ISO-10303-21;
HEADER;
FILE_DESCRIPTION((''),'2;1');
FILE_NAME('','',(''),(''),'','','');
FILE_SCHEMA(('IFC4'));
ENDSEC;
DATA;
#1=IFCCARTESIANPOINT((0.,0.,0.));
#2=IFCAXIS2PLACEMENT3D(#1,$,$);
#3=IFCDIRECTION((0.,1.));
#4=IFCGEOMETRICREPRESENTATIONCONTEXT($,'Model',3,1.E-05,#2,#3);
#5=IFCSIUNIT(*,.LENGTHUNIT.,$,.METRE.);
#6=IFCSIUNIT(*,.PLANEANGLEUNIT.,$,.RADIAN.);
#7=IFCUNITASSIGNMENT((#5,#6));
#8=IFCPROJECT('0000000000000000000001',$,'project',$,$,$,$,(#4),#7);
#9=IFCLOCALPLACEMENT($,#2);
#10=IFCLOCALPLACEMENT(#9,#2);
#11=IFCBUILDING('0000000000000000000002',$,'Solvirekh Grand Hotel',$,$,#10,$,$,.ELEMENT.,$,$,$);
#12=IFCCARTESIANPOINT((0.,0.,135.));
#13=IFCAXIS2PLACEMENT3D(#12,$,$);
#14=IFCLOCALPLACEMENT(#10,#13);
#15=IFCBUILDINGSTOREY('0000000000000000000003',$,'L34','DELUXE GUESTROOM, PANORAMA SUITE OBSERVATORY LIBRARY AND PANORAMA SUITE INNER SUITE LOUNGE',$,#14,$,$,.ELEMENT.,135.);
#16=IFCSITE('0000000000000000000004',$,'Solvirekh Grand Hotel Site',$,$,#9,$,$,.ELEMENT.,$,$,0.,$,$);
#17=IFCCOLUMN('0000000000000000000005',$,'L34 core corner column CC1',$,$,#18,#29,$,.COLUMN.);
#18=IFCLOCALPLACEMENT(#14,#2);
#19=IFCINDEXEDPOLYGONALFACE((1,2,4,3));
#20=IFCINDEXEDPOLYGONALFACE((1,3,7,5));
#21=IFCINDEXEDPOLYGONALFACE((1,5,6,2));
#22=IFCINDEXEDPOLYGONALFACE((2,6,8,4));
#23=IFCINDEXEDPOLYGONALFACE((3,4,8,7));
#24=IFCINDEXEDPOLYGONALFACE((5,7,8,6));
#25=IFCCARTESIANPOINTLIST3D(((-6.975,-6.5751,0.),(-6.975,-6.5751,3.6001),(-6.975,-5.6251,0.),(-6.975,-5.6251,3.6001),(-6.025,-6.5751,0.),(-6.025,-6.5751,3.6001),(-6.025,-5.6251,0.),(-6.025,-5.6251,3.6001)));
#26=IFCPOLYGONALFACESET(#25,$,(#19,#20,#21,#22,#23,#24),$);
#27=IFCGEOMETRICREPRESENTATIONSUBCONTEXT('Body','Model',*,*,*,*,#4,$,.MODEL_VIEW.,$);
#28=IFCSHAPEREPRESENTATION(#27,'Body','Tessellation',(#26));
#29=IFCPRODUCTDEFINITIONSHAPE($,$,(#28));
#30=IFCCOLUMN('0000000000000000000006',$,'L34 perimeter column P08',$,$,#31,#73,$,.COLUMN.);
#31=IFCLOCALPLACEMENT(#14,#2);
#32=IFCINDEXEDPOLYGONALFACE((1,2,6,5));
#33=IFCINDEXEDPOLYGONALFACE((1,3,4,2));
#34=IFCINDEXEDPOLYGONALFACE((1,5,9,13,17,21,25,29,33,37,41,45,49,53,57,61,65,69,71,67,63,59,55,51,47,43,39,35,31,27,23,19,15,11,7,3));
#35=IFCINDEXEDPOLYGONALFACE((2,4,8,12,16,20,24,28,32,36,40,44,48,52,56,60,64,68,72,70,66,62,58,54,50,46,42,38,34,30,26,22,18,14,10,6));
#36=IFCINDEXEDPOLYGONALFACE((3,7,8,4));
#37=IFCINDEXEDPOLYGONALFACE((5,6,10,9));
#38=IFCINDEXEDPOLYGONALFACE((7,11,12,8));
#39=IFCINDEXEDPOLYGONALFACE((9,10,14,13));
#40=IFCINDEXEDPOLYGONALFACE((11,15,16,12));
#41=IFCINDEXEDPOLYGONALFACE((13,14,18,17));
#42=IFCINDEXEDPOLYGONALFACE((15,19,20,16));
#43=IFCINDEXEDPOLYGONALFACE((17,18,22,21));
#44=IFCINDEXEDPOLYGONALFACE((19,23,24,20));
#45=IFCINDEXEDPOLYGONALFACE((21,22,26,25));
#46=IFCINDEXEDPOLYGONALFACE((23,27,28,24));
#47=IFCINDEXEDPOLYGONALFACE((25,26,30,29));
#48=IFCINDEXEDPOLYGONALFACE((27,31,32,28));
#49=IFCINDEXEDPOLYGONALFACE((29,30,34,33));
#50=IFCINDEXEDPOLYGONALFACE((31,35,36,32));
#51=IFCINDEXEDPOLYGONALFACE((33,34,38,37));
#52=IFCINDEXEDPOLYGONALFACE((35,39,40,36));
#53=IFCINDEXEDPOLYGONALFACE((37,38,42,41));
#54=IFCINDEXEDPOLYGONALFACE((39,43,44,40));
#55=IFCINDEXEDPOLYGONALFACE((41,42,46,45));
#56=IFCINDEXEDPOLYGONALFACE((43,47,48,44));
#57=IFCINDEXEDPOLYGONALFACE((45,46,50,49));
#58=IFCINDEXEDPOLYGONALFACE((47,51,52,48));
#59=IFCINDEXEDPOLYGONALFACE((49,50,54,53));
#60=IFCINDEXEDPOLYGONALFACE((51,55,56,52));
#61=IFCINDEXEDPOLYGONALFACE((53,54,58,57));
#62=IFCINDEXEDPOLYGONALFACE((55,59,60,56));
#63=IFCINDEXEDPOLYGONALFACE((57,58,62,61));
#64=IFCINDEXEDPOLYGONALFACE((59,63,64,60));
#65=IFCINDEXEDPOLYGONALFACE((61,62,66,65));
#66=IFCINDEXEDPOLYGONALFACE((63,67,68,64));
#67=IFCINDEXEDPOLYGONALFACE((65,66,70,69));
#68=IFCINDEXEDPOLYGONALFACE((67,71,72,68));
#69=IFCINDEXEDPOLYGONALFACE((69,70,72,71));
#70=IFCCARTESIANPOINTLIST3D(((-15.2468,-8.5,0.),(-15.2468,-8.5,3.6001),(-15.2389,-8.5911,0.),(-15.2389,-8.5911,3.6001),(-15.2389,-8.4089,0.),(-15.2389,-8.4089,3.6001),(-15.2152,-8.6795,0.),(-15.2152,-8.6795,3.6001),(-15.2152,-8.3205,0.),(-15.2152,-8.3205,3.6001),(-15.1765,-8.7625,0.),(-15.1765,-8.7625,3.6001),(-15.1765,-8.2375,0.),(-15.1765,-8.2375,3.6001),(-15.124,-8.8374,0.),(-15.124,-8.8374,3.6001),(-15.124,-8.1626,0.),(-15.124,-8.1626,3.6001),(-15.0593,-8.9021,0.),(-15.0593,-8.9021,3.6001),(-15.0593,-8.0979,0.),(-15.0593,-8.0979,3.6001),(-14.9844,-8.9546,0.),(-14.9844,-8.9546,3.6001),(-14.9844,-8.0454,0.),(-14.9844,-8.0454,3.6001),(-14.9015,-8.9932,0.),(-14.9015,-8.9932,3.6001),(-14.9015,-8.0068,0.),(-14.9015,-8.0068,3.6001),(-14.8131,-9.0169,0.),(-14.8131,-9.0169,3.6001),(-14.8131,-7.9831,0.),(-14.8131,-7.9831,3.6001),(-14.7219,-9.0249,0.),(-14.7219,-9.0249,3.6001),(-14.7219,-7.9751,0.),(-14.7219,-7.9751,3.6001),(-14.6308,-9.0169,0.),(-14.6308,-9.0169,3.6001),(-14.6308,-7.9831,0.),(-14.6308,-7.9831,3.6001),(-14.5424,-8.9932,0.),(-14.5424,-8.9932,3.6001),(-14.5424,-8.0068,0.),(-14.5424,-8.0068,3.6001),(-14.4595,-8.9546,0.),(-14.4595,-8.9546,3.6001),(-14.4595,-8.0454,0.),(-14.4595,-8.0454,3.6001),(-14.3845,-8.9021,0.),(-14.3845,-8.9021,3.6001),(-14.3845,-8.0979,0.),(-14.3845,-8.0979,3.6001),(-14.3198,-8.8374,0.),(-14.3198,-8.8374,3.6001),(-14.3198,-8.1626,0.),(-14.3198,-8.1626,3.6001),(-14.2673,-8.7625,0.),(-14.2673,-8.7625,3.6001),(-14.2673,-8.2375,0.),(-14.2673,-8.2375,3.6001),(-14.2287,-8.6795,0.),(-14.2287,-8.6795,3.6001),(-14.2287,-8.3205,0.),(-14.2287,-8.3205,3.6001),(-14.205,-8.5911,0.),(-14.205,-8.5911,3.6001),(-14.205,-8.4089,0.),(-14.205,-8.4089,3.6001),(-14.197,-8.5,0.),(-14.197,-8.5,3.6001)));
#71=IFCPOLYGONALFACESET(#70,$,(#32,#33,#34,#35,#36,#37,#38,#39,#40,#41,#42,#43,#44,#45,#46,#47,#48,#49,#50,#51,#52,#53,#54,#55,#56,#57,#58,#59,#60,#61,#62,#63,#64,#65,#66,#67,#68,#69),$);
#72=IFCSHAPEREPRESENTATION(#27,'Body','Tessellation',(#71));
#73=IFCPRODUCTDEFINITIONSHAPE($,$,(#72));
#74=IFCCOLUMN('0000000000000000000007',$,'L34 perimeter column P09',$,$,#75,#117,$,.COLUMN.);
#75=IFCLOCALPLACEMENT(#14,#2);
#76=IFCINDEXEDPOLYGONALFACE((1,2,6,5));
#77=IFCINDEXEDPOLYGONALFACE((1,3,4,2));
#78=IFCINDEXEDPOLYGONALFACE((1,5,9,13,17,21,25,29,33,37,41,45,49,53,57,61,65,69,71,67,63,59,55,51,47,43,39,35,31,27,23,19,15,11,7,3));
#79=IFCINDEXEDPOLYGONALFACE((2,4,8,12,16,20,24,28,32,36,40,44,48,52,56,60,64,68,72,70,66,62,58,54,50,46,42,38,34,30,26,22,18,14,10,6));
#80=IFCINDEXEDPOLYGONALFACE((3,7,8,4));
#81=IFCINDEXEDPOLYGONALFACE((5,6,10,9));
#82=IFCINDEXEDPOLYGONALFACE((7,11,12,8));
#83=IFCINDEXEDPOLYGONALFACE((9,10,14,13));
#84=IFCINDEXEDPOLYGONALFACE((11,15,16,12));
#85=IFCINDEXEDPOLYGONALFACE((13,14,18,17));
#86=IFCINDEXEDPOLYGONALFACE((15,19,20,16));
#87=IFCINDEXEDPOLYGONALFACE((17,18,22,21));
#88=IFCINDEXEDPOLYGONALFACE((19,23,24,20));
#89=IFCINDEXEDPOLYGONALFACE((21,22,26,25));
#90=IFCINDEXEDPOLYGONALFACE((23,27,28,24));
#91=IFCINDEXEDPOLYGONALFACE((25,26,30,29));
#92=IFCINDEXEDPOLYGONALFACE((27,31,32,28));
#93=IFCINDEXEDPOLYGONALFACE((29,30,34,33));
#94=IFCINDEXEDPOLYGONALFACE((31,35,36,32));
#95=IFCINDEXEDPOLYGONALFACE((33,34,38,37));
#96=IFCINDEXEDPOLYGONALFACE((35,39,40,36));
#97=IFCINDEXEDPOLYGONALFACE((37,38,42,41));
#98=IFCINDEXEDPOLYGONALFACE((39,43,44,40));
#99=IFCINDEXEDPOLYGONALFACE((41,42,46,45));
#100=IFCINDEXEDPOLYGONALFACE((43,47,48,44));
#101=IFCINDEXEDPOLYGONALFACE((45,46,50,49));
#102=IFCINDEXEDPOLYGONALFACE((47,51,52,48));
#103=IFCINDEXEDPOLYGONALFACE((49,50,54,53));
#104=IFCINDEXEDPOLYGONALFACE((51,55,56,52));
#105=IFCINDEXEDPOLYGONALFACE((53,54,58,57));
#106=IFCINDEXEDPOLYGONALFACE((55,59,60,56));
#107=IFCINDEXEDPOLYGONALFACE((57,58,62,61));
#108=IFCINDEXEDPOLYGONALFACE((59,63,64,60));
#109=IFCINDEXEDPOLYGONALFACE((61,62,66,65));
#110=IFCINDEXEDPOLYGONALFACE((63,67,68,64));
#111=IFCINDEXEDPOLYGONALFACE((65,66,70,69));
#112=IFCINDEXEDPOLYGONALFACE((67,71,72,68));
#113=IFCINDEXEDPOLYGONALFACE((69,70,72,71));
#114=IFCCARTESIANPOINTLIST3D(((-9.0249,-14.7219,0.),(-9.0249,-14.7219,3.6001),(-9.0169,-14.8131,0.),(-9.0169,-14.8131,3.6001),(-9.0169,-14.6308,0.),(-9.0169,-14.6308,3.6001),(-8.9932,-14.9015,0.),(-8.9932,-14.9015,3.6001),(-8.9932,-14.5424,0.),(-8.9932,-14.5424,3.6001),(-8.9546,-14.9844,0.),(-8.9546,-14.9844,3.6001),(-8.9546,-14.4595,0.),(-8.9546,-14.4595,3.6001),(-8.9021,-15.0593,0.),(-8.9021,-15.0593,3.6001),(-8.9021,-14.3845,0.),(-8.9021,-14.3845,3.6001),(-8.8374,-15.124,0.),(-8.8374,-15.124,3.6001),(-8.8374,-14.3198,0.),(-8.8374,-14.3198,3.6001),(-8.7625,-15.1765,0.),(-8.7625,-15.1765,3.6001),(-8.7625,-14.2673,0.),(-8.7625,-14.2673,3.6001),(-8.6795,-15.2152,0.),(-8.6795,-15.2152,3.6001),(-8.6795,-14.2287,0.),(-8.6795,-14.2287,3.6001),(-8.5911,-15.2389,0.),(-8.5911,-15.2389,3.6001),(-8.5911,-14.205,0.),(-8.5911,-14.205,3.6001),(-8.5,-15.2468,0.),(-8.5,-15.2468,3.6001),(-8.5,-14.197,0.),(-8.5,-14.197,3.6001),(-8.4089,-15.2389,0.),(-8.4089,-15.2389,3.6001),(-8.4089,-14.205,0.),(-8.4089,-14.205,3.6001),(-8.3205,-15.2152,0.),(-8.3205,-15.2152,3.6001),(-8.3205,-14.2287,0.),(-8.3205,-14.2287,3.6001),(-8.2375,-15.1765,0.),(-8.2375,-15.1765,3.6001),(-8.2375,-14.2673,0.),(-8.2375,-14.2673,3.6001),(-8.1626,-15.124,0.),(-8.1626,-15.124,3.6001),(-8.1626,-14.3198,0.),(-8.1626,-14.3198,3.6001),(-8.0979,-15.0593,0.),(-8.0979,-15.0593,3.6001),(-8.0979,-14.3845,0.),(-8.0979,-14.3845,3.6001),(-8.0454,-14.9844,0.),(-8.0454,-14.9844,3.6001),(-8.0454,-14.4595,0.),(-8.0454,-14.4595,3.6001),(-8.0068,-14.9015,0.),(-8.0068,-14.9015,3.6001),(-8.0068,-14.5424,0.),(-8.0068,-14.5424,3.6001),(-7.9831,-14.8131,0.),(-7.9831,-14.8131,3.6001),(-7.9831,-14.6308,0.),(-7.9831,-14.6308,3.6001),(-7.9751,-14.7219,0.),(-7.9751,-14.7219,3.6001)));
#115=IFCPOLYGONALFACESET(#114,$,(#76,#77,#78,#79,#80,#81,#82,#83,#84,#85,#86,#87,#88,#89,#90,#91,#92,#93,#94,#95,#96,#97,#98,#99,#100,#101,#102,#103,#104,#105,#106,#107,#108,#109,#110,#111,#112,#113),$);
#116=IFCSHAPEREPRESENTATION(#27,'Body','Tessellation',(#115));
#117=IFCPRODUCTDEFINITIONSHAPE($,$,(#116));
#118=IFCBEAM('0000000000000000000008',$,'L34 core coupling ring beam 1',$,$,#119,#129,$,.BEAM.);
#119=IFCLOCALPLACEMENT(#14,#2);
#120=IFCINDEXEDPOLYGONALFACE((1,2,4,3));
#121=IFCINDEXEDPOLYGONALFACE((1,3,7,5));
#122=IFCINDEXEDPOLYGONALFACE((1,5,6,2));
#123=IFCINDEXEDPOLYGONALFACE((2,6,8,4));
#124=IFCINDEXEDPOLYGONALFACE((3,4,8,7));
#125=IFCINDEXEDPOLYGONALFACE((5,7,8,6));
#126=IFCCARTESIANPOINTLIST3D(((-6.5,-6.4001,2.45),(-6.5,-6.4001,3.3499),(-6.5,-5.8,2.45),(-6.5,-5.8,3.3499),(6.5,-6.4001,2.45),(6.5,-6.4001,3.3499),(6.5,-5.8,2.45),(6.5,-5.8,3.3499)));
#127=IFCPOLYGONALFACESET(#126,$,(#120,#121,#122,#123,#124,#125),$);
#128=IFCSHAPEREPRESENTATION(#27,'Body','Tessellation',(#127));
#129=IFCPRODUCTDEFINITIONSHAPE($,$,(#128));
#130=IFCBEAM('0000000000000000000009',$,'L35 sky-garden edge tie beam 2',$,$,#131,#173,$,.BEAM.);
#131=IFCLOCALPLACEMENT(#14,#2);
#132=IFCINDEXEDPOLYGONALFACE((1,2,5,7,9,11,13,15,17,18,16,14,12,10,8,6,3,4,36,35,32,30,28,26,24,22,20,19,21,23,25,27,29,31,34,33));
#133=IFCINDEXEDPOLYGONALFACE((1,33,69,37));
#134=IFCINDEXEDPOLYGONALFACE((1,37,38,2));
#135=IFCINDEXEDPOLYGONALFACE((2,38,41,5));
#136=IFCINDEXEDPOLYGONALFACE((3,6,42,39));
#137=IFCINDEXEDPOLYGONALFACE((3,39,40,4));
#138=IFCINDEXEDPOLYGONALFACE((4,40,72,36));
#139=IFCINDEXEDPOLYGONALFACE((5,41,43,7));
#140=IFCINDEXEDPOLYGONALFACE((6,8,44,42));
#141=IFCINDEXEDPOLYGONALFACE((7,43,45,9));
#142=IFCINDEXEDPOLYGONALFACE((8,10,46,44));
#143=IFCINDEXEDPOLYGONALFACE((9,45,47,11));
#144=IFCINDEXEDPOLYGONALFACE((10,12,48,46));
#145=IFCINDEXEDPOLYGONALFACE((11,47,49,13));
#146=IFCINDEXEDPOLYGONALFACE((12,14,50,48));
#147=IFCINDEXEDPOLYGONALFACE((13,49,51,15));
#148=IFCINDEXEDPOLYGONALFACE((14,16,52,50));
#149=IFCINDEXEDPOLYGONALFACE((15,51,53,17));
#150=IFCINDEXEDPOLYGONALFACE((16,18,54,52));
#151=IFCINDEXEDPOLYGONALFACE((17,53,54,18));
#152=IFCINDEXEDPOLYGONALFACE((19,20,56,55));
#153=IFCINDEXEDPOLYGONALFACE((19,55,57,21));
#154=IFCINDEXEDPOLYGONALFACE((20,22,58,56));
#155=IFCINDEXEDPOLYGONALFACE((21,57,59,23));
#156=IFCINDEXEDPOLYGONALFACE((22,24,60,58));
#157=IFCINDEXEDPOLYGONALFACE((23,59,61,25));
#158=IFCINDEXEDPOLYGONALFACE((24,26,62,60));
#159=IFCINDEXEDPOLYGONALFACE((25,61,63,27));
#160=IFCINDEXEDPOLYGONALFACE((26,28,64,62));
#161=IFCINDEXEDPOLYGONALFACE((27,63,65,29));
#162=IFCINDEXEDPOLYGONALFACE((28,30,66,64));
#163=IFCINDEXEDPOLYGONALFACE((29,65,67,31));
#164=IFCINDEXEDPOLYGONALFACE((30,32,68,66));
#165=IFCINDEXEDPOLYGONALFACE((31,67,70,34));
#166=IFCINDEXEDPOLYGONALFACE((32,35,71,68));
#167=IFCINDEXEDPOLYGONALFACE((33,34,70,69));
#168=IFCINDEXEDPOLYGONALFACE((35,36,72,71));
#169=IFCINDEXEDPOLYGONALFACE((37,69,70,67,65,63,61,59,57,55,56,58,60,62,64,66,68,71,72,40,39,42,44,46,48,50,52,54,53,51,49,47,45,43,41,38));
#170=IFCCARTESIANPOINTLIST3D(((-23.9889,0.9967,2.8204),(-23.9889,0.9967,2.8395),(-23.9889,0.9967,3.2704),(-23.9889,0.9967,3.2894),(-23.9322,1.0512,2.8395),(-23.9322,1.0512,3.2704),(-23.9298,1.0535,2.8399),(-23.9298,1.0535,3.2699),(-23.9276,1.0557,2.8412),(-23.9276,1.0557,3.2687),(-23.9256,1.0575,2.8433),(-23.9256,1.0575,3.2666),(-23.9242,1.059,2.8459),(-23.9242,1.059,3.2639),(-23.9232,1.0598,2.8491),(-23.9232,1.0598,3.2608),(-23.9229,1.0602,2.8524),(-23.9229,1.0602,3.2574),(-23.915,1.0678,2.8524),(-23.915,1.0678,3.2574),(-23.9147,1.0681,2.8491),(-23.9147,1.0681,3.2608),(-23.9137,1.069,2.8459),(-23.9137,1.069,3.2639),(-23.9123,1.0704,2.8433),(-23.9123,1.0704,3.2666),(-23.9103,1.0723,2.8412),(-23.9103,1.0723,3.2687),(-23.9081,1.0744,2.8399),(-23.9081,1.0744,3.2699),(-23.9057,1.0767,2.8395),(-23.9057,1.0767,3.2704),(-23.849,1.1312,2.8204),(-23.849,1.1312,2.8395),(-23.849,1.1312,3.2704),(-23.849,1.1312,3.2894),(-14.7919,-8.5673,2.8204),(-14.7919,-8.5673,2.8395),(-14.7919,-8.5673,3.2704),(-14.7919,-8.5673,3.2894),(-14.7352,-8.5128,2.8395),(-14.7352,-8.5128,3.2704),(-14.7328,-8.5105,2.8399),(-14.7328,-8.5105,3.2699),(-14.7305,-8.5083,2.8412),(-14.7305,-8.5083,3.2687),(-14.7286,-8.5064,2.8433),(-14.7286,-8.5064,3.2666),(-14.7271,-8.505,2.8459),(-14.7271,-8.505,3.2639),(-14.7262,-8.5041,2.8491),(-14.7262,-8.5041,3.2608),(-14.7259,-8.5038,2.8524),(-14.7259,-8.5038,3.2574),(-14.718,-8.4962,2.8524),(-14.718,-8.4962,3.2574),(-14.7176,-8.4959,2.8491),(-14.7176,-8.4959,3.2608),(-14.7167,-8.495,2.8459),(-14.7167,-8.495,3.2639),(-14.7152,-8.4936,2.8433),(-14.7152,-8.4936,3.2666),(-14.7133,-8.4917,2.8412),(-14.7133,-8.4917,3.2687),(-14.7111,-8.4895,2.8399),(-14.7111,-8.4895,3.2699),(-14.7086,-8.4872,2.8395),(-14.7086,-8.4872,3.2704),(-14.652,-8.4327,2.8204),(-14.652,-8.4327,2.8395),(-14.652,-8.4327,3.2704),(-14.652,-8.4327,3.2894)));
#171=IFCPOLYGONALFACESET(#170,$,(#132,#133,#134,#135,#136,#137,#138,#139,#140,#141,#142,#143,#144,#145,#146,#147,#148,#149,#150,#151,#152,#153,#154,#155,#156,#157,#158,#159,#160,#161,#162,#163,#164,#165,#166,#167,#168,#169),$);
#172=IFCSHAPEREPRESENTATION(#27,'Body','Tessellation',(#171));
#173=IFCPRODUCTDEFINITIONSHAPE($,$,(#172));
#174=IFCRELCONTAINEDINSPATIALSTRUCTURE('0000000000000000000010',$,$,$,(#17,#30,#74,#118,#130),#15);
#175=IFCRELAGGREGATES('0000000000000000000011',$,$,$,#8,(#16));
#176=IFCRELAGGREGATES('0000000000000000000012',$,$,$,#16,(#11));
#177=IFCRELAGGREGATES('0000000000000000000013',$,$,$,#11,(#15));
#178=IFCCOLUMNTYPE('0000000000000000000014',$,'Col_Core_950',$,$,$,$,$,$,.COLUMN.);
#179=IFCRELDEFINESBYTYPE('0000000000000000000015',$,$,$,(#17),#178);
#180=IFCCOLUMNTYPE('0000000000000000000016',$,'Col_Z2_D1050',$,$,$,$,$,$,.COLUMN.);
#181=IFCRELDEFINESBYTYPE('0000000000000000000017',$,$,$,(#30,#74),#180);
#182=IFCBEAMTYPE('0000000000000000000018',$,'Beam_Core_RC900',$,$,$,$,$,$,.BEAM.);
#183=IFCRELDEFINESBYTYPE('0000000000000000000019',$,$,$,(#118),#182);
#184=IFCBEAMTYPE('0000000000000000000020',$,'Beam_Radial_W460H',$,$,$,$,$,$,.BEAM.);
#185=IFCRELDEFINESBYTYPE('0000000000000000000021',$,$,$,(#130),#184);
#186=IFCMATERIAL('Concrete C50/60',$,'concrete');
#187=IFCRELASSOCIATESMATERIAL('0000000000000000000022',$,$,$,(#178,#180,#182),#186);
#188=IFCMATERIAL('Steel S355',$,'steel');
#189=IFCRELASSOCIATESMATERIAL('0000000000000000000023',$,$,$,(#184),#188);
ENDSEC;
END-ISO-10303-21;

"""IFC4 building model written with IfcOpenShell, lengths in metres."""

from ifc_helpers import new_model, si_unit, direction, frame, origin, origin_2d, place, context, subcontext, project, spatial, rectangle, circle, i_section, extrude, material, material_profile, profile_set, type_object, element, save


model = new_model("IFC4")

# Units and contexts
model_context = context("Model", 3, precision=1e-05, world=origin(), true_north=direction((0.0, 1.0)))
body_context = subcontext(model_context, "Body", "Model", "MODEL_VIEW")
ifc_project = project(units=[si_unit("LENGTHUNIT", "METRE"), si_unit("PLANEANGLEUNIT", "RADIAN")], contexts=[model_context])

# Site, building, storey
site_placement = place(None, origin())
site = spatial("IfcSite", under=ifc_project, at=site_placement, Name="Solvirekh Grand Hotel Site", CompositionType="ELEMENT", RefElevation=0.0)
building_placement = place(site_placement, origin())
building = spatial("IfcBuilding", under=site, at=building_placement, Name="Solvirekh Grand Hotel", CompositionType="ELEMENT")
storey_placement = place(building_placement, frame((0.0, 0.0, 135.0)))
storey = spatial("IfcBuildingStorey", under=building, at=storey_placement, Name="L34", Description="DELUXE GUESTROOM, PANORAMA SUITE OBSERVATORY LIBRARY AND PANORAMA SUITE INNER SUITE LOUNGE", CompositionType="ELEMENT", Elevation=135.0)

# Columns
ifc_material_1 = material(Name="Concrete C50/60", Category="concrete")
ifc_material_profile_1 = material_profile(ifc_material_1, rectangle(XDim=0.95, YDim=0.95, at=origin_2d()), Name="RC 950X950")
ifc_profile_set_1 = profile_set([ifc_material_profile_1], Name="Concrete C50/60")
column_type_1 = type_object("IfcColumnType", Name="Col_Core_950", PredefinedType="COLUMN", material=ifc_profile_set_1)
column_placement = place(storey_placement, frame((-6.5, -6.1001, 0.0), z_axis=(0.0, 0.0, 1.0), x_axis=(1.0, 0.0, 0.0)))
element("IfcColumn", 1, at=column_placement, inside=storey, type_object=column_type_1, Name="L34 core corner column CC1", PredefinedType="COLUMN", context=body_context, shape_type="SweptSolid", body=[
    extrude(rectangle(XDim=0.95, YDim=0.95, at=origin_2d()), origin(), (0.0, 0.0, 1.0), 3.6001),
])
ifc_material_profile_2 = material_profile(ifc_material_1, circle(Radius=0.5249, at=origin_2d()), Name="RC CIRC D1050")
ifc_profile_set_2 = profile_set([ifc_material_profile_2], Name="Concrete C50/60")
column_type_2 = type_object("IfcColumnType", Name="Col_Z2_D1050", PredefinedType="COLUMN", material=ifc_profile_set_2)
for number, where, z_axis, x_axis, name in (
    (2, (-14.7219, -8.5, 0.0), (0.0, 0.0, 1.0), (1.0, 0.0, 0.0), "L34 perimeter column P08"),
    (3, (-8.5, -14.7219, 0.0), (0.0, 0.0, 1.0), (1.0, 0.0, 0.0), "L34 perimeter column P09"),
):
    element("IfcColumn", number, at=place(storey_placement, frame(where, z_axis=z_axis, x_axis=x_axis)), inside=storey, type_object=column_type_2, Name=name, PredefinedType="COLUMN", context=body_context, shape_type="SweptSolid", body=[
        extrude(circle(Radius=0.5249, at=origin_2d()), origin(), (0.0, 0.0, 1.0), 3.6001),
    ])

# Beams
ifc_material_profile_3 = material_profile(ifc_material_1, rectangle(XDim=0.6001, YDim=0.8999, at=origin_2d()), Name="RC BEAM 600X900")
ifc_profile_set_3 = profile_set([ifc_material_profile_3], Name="Concrete C50/60")
beam_type_1 = type_object("IfcBeamType", Name="Beam_Core_RC900", PredefinedType="BEAM", material=ifc_profile_set_3)
beam_1_placement = place(storey_placement, frame((-6.5, -6.1001, 2.8999), z_axis=(1.0, 0.0, 0.0), x_axis=(0.0, 1.0, 0.0)))
element("IfcBeam", 4, at=beam_1_placement, inside=storey, type_object=beam_type_1, Name="L34 core coupling ring beam 1", PredefinedType="BEAM", context=body_context, shape_type="SweptSolid", body=[
    extrude(rectangle(XDim=0.6001, YDim=0.8999, at=origin_2d()), origin(), (0.0, 0.0, 1.0), 13.0),
])
ifc_material_2 = material(Name="Steel S355", Category="steel")
ifc_material_profile_4 = material_profile(ifc_material_2, i_section(OverallWidth=0.1941, OverallDepth=0.469, WebThickness=0.011, FlangeThickness=0.019, FilletRadius=0.0129, at=origin_2d()), Name="W460X106")
ifc_profile_set_4 = profile_set([ifc_material_profile_4], Name="Steel S355")
beam_type_2 = type_object("IfcBeamType", Name="Beam_Radial_W460H", PredefinedType="BEAM", material=ifc_profile_set_4)
beam_2_placement = place(storey_placement, frame((-14.7219, -8.5, 3.0549), z_axis=(-0.693144, 0.720799, 0.0), x_axis=(-0.720799, -0.693144, 0.0)))
element("IfcBeam", 5, at=beam_2_placement, inside=storey, type_object=beam_type_2, Name="L35 sky-garden edge tie beam 2", PredefinedType="BEAM", context=body_context, shape_type="SweptSolid", body=[
    extrude(i_section(OverallWidth=0.1941, OverallDepth=0.469, WebThickness=0.011, FlangeThickness=0.019, FilletRadius=0.0129, at=origin_2d()), origin(), (0.0, 0.0, 1.0), 13.2686),
])

save(model, "model.ifc")
